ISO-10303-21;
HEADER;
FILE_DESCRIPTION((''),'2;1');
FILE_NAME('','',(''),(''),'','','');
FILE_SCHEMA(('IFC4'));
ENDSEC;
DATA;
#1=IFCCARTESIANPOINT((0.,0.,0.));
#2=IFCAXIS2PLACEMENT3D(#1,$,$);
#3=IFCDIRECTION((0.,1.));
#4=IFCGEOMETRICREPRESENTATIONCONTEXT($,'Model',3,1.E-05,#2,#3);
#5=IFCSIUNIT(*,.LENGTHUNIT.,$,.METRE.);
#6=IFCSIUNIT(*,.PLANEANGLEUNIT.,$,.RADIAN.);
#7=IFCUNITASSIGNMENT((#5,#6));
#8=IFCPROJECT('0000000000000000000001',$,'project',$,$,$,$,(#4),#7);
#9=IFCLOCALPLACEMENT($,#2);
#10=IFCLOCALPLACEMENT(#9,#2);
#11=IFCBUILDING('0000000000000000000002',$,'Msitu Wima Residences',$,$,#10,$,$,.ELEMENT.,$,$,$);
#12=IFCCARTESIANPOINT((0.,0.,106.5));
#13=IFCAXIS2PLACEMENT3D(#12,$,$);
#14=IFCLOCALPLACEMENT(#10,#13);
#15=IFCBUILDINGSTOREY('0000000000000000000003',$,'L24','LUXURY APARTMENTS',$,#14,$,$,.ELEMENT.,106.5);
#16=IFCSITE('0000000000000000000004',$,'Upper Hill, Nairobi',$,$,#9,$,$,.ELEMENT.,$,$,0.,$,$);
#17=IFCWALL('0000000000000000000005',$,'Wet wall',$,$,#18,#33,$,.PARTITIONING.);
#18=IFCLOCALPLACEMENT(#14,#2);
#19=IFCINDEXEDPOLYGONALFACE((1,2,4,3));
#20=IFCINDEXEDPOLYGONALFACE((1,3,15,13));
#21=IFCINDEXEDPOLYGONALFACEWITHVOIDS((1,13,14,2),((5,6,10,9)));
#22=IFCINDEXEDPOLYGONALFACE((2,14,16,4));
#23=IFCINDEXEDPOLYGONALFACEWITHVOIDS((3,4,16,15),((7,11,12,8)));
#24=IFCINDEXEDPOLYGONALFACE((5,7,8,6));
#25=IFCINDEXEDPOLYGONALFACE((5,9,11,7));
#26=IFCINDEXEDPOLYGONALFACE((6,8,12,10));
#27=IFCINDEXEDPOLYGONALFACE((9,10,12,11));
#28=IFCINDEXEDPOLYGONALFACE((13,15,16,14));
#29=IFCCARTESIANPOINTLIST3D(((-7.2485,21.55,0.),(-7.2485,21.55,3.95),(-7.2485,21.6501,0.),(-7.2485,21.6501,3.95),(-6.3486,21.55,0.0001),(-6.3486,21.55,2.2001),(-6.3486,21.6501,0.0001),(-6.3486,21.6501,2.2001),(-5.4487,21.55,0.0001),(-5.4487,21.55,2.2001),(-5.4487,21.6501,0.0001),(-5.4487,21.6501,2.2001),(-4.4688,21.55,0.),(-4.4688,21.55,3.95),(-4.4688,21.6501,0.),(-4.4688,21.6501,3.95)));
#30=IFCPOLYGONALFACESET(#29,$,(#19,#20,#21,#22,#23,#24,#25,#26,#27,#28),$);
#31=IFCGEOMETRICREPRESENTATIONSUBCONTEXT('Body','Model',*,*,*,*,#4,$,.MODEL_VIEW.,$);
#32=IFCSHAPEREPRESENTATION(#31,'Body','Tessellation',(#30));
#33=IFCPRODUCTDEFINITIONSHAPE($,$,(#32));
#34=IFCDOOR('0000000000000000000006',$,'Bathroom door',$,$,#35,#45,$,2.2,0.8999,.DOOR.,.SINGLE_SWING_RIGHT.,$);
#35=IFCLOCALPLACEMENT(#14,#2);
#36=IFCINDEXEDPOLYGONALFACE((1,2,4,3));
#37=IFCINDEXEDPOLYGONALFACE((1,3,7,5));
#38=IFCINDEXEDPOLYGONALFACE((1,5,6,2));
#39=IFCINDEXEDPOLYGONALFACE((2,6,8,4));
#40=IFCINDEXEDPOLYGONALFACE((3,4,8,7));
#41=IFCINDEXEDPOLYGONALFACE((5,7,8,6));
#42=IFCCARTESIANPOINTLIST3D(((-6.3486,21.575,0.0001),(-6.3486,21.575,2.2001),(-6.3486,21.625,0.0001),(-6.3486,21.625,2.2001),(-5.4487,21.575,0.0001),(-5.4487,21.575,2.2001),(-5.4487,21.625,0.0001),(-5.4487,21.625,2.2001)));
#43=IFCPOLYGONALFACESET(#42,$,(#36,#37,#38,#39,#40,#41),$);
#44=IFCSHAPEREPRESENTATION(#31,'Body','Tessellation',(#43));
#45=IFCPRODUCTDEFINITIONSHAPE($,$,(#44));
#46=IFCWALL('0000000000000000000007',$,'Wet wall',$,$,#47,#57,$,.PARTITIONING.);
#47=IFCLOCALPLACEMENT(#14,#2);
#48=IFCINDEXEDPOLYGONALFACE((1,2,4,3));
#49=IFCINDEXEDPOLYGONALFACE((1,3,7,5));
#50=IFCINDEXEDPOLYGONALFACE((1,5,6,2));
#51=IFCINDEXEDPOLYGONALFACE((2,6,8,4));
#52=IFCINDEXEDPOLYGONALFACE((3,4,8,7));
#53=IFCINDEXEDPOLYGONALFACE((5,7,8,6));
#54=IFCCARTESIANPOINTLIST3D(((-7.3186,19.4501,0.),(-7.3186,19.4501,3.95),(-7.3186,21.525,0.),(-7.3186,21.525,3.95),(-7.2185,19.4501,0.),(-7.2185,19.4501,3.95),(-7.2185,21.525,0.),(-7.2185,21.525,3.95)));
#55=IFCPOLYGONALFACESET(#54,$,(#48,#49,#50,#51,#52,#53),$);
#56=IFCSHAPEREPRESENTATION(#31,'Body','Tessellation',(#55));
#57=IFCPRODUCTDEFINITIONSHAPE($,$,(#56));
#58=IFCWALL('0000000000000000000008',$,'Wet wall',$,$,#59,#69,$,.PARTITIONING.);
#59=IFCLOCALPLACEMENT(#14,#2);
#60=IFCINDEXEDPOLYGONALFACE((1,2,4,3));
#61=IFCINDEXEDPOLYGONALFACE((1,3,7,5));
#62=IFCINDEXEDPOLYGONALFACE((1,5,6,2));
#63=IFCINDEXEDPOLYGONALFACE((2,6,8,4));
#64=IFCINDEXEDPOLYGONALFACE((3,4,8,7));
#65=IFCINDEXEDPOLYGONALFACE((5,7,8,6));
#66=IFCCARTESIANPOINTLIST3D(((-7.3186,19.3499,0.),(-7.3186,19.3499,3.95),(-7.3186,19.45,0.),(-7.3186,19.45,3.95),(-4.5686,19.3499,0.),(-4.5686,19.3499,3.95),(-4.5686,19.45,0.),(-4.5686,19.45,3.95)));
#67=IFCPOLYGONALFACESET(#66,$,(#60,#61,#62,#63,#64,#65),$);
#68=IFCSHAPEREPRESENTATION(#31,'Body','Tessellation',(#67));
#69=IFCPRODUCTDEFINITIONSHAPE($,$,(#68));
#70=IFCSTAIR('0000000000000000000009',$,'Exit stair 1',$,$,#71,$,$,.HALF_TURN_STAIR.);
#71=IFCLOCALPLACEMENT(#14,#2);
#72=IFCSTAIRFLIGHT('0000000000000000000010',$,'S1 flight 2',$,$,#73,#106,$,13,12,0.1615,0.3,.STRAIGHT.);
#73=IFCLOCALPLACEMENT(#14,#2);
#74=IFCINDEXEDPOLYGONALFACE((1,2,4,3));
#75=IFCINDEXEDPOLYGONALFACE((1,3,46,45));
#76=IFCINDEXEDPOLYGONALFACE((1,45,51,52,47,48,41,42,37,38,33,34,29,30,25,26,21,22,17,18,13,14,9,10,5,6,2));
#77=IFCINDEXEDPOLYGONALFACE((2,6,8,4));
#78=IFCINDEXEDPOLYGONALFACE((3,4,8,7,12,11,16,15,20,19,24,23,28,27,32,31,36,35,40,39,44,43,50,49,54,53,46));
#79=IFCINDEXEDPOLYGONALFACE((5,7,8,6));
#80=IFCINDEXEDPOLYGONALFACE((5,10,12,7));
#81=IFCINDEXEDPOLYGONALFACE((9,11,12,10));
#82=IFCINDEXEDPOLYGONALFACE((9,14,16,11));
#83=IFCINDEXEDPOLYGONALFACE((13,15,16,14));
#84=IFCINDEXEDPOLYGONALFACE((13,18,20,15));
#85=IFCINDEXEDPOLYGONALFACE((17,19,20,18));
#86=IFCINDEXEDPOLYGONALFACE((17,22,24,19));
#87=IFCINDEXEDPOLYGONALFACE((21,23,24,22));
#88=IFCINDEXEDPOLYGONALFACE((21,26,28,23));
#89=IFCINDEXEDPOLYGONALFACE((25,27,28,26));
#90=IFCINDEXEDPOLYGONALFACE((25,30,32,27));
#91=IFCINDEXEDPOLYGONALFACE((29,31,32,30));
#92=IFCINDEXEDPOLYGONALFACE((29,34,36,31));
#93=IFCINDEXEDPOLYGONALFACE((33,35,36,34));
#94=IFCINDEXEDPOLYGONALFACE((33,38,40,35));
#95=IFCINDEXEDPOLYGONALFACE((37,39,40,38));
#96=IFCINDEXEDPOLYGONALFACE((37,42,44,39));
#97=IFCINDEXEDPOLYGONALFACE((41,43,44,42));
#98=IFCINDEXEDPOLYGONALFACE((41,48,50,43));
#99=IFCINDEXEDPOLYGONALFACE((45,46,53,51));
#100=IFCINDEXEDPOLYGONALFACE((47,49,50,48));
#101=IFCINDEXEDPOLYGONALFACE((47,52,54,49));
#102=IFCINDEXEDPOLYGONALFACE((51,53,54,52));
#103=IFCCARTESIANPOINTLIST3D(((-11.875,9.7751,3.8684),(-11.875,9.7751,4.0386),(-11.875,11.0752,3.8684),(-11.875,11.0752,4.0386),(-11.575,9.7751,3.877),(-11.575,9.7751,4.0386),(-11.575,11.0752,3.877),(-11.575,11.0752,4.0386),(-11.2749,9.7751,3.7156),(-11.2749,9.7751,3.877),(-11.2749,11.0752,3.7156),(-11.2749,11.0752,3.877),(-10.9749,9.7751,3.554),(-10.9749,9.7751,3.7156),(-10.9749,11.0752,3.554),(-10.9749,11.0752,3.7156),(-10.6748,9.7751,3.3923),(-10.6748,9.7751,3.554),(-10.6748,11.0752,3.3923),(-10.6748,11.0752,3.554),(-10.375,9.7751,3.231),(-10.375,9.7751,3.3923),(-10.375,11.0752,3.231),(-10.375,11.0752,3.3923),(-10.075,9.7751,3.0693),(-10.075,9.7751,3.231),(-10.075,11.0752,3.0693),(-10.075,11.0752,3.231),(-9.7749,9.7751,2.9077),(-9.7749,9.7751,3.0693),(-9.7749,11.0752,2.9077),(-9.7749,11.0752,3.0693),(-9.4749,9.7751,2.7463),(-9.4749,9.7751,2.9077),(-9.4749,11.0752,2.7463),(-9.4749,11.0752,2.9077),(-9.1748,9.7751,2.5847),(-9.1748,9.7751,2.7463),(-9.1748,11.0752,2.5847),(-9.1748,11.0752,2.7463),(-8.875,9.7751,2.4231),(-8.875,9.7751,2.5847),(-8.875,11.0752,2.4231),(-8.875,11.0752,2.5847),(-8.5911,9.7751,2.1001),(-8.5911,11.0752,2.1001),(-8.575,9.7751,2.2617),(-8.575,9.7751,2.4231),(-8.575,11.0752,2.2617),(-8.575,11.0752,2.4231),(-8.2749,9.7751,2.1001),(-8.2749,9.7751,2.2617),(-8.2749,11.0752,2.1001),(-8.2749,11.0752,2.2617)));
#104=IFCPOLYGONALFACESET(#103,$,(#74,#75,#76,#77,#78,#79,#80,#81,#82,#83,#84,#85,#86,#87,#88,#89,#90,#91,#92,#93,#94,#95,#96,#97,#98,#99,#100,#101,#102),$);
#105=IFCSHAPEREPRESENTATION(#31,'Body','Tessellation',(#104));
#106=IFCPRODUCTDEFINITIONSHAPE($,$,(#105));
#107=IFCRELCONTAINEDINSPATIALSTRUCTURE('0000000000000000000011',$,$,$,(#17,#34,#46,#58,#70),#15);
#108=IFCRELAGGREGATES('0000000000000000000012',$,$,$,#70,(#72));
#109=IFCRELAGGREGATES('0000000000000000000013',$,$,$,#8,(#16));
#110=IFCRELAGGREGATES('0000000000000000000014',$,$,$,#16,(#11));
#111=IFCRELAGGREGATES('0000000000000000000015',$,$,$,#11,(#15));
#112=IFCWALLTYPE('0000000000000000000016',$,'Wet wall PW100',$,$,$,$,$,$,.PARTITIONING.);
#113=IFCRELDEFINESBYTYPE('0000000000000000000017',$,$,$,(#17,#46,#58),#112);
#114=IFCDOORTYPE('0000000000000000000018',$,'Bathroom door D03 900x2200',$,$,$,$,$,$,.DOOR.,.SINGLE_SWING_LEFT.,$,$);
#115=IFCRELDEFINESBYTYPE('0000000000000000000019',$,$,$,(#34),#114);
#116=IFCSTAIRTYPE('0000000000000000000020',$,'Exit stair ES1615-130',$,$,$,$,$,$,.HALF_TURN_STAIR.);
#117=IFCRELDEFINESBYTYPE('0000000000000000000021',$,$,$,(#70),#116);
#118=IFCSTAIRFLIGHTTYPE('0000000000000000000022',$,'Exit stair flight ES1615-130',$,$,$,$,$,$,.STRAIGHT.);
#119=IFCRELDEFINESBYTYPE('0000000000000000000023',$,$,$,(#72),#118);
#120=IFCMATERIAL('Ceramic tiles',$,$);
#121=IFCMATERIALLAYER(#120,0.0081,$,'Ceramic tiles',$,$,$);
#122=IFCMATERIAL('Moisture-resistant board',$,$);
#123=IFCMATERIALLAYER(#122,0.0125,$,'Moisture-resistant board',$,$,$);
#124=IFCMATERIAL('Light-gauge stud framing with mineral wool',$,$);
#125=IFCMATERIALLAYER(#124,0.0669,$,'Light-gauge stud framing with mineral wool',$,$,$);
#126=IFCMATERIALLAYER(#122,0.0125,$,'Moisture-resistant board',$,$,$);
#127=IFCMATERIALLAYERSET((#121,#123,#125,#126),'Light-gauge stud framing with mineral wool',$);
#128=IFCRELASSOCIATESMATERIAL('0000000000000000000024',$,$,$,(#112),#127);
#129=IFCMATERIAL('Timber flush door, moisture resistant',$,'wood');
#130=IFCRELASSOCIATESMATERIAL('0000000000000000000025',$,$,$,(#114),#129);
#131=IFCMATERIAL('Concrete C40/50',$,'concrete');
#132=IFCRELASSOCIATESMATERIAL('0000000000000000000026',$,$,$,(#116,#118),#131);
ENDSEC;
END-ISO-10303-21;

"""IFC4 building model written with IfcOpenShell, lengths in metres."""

from ifc_helpers import new_model, si_unit, direction, frame, frame_2d, origin, place, context, subcontext, project, spatial, polyline, rectangle, outline, extrude, material, layer, layer_set, type_object, element, fill, aggregate, save


model = new_model("IFC4")

# Units and contexts
model_context = context("Model", 3, precision=1e-05, world=origin(), true_north=direction((0.0, 1.0)))
body_context = subcontext(model_context, "Body", "Model", "MODEL_VIEW")
ifc_project = project(units=[si_unit("LENGTHUNIT", "METRE"), si_unit("PLANEANGLEUNIT", "RADIAN")], contexts=[model_context])

# Site, building, storey
site_placement = place(None, origin())
site = spatial("IfcSite", under=ifc_project, at=site_placement, Name="Upper Hill, Nairobi", CompositionType="ELEMENT", RefElevation=0.0)
building_placement = place(site_placement, origin())
building = spatial("IfcBuilding", under=site, at=building_placement, Name="Msitu Wima Residences", CompositionType="ELEMENT")
storey_placement = place(building_placement, frame((0.0, 0.0, 106.5)))
storey = spatial("IfcBuildingStorey", under=building, at=storey_placement, Name="L24", Description="LUXURY APARTMENTS", CompositionType="ELEMENT", Elevation=106.5)

# Shared definitions
ifc_material_1 = material(Name="Concrete C40/50", Category="concrete")

# Shared definitions
ifc_material_2 = material(Name="Ceramic tiles")
ifc_layer_1 = layer(ifc_material_2, 0.0081, Name="Ceramic tiles")
ifc_material_3 = material(Name="Moisture-resistant board")
ifc_layer_2 = layer(ifc_material_3, 0.0125, Name="Moisture-resistant board")
ifc_material_4 = material(Name="Light-gauge stud framing with mineral wool")
ifc_layer_3 = layer(ifc_material_4, 0.0669, Name="Light-gauge stud framing with mineral wool")
ifc_layer_4 = layer(ifc_material_3, 0.0125, Name="Moisture-resistant board")
ifc_layer_set_1 = layer_set([ifc_layer_1, ifc_layer_2, ifc_layer_3, ifc_layer_4], Name="Light-gauge stud framing with mineral wool")
wall_type_1 = type_object("IfcWallType", Name="Wet wall PW100", PredefinedType="PARTITIONING", material=ifc_layer_set_1)

# Wall, opening, door
wall_1_placement = place(storey_placement, frame((-7.2485, 21.6001, 0.0), z_axis=(0.0, 0.0, 1.0), x_axis=(1.0, 0.0, 0.0)))
wall_1 = element("IfcWall", 1, at=wall_1_placement, inside=storey, type_object=wall_type_1, Name="Wet wall", PredefinedType="PARTITIONING", context=body_context, shape_type="SweptSolid", body=[
    extrude(rectangle(XDim=2.7798, YDim=0.1001, at=frame_2d((1.3899, 0.0))), origin(), (0.0, 0.0, 1.0), 3.95),
])
opening_1_placement = place(wall_1_placement, frame((0.8999, 0.0, 0.0)))
opening_1 = element("IfcOpeningElement", 2, at=opening_1_placement, cuts=wall_1, PredefinedType="OPENING", context=body_context, shape_type="SweptSolid", body=[
    extrude(rectangle(XDim=0.8999, YDim=2.2, at=frame_2d((0.45, 1.1001))), frame((0.0, 0.0601, 0.0), z_axis=(0.0, -1.0, 0.0), x_axis=(1.0, 0.0, 0.0)), (0.0, 0.0, 1.0), 0.1201),
])
ifc_material_5 = material(Name="Timber flush door, moisture resistant", Category="wood")
door_type_1 = type_object("IfcDoorType", Name="Bathroom door D03 900x2200", OperationType="SINGLE_SWING_LEFT", PredefinedType="DOOR", material=ifc_material_5)
door_1_placement = place(opening_1_placement, origin())
door_1 = element("IfcDoor", 3, at=door_1_placement, inside=storey, type_object=door_type_1, Name="Bathroom door", OperationType="SINGLE_SWING_RIGHT", OverallHeight=2.2, OverallWidth=0.8999, PredefinedType="DOOR", context=body_context, shape_type="SweptSolid", body=[
    extrude(rectangle(XDim=0.8999, YDim=2.2, at=frame_2d((0.45, 1.1001))), frame((0.0, 0.0249, 0.0), z_axis=(0.0, -1.0, 0.0), x_axis=(1.0, 0.0, 0.0)), (0.0, 0.0, 1.0), 0.05),
])
fill(opening_1, door_1)

# Walls
wall_2_placement = place(storey_placement, frame((-7.2686, 19.45, 0.0), z_axis=(0.0, 0.0, 1.0), x_axis=(0.0, 1.0, 0.0)))
element("IfcWall", 4, at=wall_2_placement, inside=storey, type_object=wall_type_1, Name="Wet wall", PredefinedType="PARTITIONING", context=body_context, shape_type="SweptSolid", body=[
    extrude(rectangle(XDim=2.075, YDim=0.1001, at=frame_2d((1.0376, 0.0))), origin(), (0.0, 0.0, 1.0), 3.95),
])
wall_3_placement = place(storey_placement, frame((-7.3186, 19.3999, 0.0), z_axis=(0.0, 0.0, 1.0), x_axis=(1.0, 0.0, 0.0)))
element("IfcWall", 5, at=wall_3_placement, inside=storey, type_object=wall_type_1, Name="Wet wall", PredefinedType="PARTITIONING", context=body_context, shape_type="SweptSolid", body=[
    extrude(rectangle(XDim=2.75, YDim=0.1001, at=frame_2d((1.375, 0.0))), origin(), (0.0, 0.0, 1.0), 3.95),
])

# Stair, stair flight
stair_type = type_object("IfcStairType", Name="Exit stair ES1615-130", PredefinedType="HALF_TURN_STAIR", material=ifc_material_1)
stair_placement = place(storey_placement, origin())
stair = element("IfcStair", 6, at=stair_placement, inside=storey, type_object=stair_type, Name="Exit stair 1", PredefinedType="HALF_TURN_STAIR")
stair_flight_type = type_object("IfcStairFlightType", Name="Exit stair flight ES1615-130", PredefinedType="STRAIGHT", material=ifc_material_1)
stair_flight_placement = place(storey_placement, frame((-8.2749, 10.425, 2.1001), z_axis=(0.0, 0.0, 1.0), x_axis=(-1.0, 0.0, 0.0)))
stair_flight = element("IfcStairFlight", 7, at=stair_flight_placement, type_object=stair_flight_type, Name="S1 flight 2", NumberOfRisers=13, NumberOfTreads=12, PredefinedType="STRAIGHT", RiserHeight=0.1615, TreadLength=0.3, context=body_context, shape_type="SweptSolid", body=[
    extrude(outline(polyline([(0.0, 0.0), (0.0, 0.1616), (0.3, 0.1616), (0.3, 0.323), (0.6001, 0.323), (0.6001, 0.4846), (0.8999, 0.4846), (0.8999, 0.6462), (1.2, 0.6462), (1.2, 0.8076), (1.5, 0.8076), (1.5, 0.9692), (1.8, 0.9692), (1.8, 1.1309), (2.1001, 1.1309), (2.1001, 1.2922), (2.3999, 1.2922), (2.3999, 1.4539), (2.7, 1.4539), (2.7, 1.6155), (3.0, 1.6155), (3.0, 1.7769), (3.3, 1.7769), (3.3, 1.9385), (3.6001, 1.9385), (3.6001, 2.1001), (3.6001, 1.7683), (0.3162, 0.0), (0.0, 0.0)])), frame((0.0, 0.6499, 0.0), z_axis=(0.0, -1.0, 0.0), x_axis=(1.0, 0.0, 0.0)), (0.0, 0.0, 1.0), 1.3),
])
aggregate(stair, [stair_flight])

save(model, "model.ifc")
